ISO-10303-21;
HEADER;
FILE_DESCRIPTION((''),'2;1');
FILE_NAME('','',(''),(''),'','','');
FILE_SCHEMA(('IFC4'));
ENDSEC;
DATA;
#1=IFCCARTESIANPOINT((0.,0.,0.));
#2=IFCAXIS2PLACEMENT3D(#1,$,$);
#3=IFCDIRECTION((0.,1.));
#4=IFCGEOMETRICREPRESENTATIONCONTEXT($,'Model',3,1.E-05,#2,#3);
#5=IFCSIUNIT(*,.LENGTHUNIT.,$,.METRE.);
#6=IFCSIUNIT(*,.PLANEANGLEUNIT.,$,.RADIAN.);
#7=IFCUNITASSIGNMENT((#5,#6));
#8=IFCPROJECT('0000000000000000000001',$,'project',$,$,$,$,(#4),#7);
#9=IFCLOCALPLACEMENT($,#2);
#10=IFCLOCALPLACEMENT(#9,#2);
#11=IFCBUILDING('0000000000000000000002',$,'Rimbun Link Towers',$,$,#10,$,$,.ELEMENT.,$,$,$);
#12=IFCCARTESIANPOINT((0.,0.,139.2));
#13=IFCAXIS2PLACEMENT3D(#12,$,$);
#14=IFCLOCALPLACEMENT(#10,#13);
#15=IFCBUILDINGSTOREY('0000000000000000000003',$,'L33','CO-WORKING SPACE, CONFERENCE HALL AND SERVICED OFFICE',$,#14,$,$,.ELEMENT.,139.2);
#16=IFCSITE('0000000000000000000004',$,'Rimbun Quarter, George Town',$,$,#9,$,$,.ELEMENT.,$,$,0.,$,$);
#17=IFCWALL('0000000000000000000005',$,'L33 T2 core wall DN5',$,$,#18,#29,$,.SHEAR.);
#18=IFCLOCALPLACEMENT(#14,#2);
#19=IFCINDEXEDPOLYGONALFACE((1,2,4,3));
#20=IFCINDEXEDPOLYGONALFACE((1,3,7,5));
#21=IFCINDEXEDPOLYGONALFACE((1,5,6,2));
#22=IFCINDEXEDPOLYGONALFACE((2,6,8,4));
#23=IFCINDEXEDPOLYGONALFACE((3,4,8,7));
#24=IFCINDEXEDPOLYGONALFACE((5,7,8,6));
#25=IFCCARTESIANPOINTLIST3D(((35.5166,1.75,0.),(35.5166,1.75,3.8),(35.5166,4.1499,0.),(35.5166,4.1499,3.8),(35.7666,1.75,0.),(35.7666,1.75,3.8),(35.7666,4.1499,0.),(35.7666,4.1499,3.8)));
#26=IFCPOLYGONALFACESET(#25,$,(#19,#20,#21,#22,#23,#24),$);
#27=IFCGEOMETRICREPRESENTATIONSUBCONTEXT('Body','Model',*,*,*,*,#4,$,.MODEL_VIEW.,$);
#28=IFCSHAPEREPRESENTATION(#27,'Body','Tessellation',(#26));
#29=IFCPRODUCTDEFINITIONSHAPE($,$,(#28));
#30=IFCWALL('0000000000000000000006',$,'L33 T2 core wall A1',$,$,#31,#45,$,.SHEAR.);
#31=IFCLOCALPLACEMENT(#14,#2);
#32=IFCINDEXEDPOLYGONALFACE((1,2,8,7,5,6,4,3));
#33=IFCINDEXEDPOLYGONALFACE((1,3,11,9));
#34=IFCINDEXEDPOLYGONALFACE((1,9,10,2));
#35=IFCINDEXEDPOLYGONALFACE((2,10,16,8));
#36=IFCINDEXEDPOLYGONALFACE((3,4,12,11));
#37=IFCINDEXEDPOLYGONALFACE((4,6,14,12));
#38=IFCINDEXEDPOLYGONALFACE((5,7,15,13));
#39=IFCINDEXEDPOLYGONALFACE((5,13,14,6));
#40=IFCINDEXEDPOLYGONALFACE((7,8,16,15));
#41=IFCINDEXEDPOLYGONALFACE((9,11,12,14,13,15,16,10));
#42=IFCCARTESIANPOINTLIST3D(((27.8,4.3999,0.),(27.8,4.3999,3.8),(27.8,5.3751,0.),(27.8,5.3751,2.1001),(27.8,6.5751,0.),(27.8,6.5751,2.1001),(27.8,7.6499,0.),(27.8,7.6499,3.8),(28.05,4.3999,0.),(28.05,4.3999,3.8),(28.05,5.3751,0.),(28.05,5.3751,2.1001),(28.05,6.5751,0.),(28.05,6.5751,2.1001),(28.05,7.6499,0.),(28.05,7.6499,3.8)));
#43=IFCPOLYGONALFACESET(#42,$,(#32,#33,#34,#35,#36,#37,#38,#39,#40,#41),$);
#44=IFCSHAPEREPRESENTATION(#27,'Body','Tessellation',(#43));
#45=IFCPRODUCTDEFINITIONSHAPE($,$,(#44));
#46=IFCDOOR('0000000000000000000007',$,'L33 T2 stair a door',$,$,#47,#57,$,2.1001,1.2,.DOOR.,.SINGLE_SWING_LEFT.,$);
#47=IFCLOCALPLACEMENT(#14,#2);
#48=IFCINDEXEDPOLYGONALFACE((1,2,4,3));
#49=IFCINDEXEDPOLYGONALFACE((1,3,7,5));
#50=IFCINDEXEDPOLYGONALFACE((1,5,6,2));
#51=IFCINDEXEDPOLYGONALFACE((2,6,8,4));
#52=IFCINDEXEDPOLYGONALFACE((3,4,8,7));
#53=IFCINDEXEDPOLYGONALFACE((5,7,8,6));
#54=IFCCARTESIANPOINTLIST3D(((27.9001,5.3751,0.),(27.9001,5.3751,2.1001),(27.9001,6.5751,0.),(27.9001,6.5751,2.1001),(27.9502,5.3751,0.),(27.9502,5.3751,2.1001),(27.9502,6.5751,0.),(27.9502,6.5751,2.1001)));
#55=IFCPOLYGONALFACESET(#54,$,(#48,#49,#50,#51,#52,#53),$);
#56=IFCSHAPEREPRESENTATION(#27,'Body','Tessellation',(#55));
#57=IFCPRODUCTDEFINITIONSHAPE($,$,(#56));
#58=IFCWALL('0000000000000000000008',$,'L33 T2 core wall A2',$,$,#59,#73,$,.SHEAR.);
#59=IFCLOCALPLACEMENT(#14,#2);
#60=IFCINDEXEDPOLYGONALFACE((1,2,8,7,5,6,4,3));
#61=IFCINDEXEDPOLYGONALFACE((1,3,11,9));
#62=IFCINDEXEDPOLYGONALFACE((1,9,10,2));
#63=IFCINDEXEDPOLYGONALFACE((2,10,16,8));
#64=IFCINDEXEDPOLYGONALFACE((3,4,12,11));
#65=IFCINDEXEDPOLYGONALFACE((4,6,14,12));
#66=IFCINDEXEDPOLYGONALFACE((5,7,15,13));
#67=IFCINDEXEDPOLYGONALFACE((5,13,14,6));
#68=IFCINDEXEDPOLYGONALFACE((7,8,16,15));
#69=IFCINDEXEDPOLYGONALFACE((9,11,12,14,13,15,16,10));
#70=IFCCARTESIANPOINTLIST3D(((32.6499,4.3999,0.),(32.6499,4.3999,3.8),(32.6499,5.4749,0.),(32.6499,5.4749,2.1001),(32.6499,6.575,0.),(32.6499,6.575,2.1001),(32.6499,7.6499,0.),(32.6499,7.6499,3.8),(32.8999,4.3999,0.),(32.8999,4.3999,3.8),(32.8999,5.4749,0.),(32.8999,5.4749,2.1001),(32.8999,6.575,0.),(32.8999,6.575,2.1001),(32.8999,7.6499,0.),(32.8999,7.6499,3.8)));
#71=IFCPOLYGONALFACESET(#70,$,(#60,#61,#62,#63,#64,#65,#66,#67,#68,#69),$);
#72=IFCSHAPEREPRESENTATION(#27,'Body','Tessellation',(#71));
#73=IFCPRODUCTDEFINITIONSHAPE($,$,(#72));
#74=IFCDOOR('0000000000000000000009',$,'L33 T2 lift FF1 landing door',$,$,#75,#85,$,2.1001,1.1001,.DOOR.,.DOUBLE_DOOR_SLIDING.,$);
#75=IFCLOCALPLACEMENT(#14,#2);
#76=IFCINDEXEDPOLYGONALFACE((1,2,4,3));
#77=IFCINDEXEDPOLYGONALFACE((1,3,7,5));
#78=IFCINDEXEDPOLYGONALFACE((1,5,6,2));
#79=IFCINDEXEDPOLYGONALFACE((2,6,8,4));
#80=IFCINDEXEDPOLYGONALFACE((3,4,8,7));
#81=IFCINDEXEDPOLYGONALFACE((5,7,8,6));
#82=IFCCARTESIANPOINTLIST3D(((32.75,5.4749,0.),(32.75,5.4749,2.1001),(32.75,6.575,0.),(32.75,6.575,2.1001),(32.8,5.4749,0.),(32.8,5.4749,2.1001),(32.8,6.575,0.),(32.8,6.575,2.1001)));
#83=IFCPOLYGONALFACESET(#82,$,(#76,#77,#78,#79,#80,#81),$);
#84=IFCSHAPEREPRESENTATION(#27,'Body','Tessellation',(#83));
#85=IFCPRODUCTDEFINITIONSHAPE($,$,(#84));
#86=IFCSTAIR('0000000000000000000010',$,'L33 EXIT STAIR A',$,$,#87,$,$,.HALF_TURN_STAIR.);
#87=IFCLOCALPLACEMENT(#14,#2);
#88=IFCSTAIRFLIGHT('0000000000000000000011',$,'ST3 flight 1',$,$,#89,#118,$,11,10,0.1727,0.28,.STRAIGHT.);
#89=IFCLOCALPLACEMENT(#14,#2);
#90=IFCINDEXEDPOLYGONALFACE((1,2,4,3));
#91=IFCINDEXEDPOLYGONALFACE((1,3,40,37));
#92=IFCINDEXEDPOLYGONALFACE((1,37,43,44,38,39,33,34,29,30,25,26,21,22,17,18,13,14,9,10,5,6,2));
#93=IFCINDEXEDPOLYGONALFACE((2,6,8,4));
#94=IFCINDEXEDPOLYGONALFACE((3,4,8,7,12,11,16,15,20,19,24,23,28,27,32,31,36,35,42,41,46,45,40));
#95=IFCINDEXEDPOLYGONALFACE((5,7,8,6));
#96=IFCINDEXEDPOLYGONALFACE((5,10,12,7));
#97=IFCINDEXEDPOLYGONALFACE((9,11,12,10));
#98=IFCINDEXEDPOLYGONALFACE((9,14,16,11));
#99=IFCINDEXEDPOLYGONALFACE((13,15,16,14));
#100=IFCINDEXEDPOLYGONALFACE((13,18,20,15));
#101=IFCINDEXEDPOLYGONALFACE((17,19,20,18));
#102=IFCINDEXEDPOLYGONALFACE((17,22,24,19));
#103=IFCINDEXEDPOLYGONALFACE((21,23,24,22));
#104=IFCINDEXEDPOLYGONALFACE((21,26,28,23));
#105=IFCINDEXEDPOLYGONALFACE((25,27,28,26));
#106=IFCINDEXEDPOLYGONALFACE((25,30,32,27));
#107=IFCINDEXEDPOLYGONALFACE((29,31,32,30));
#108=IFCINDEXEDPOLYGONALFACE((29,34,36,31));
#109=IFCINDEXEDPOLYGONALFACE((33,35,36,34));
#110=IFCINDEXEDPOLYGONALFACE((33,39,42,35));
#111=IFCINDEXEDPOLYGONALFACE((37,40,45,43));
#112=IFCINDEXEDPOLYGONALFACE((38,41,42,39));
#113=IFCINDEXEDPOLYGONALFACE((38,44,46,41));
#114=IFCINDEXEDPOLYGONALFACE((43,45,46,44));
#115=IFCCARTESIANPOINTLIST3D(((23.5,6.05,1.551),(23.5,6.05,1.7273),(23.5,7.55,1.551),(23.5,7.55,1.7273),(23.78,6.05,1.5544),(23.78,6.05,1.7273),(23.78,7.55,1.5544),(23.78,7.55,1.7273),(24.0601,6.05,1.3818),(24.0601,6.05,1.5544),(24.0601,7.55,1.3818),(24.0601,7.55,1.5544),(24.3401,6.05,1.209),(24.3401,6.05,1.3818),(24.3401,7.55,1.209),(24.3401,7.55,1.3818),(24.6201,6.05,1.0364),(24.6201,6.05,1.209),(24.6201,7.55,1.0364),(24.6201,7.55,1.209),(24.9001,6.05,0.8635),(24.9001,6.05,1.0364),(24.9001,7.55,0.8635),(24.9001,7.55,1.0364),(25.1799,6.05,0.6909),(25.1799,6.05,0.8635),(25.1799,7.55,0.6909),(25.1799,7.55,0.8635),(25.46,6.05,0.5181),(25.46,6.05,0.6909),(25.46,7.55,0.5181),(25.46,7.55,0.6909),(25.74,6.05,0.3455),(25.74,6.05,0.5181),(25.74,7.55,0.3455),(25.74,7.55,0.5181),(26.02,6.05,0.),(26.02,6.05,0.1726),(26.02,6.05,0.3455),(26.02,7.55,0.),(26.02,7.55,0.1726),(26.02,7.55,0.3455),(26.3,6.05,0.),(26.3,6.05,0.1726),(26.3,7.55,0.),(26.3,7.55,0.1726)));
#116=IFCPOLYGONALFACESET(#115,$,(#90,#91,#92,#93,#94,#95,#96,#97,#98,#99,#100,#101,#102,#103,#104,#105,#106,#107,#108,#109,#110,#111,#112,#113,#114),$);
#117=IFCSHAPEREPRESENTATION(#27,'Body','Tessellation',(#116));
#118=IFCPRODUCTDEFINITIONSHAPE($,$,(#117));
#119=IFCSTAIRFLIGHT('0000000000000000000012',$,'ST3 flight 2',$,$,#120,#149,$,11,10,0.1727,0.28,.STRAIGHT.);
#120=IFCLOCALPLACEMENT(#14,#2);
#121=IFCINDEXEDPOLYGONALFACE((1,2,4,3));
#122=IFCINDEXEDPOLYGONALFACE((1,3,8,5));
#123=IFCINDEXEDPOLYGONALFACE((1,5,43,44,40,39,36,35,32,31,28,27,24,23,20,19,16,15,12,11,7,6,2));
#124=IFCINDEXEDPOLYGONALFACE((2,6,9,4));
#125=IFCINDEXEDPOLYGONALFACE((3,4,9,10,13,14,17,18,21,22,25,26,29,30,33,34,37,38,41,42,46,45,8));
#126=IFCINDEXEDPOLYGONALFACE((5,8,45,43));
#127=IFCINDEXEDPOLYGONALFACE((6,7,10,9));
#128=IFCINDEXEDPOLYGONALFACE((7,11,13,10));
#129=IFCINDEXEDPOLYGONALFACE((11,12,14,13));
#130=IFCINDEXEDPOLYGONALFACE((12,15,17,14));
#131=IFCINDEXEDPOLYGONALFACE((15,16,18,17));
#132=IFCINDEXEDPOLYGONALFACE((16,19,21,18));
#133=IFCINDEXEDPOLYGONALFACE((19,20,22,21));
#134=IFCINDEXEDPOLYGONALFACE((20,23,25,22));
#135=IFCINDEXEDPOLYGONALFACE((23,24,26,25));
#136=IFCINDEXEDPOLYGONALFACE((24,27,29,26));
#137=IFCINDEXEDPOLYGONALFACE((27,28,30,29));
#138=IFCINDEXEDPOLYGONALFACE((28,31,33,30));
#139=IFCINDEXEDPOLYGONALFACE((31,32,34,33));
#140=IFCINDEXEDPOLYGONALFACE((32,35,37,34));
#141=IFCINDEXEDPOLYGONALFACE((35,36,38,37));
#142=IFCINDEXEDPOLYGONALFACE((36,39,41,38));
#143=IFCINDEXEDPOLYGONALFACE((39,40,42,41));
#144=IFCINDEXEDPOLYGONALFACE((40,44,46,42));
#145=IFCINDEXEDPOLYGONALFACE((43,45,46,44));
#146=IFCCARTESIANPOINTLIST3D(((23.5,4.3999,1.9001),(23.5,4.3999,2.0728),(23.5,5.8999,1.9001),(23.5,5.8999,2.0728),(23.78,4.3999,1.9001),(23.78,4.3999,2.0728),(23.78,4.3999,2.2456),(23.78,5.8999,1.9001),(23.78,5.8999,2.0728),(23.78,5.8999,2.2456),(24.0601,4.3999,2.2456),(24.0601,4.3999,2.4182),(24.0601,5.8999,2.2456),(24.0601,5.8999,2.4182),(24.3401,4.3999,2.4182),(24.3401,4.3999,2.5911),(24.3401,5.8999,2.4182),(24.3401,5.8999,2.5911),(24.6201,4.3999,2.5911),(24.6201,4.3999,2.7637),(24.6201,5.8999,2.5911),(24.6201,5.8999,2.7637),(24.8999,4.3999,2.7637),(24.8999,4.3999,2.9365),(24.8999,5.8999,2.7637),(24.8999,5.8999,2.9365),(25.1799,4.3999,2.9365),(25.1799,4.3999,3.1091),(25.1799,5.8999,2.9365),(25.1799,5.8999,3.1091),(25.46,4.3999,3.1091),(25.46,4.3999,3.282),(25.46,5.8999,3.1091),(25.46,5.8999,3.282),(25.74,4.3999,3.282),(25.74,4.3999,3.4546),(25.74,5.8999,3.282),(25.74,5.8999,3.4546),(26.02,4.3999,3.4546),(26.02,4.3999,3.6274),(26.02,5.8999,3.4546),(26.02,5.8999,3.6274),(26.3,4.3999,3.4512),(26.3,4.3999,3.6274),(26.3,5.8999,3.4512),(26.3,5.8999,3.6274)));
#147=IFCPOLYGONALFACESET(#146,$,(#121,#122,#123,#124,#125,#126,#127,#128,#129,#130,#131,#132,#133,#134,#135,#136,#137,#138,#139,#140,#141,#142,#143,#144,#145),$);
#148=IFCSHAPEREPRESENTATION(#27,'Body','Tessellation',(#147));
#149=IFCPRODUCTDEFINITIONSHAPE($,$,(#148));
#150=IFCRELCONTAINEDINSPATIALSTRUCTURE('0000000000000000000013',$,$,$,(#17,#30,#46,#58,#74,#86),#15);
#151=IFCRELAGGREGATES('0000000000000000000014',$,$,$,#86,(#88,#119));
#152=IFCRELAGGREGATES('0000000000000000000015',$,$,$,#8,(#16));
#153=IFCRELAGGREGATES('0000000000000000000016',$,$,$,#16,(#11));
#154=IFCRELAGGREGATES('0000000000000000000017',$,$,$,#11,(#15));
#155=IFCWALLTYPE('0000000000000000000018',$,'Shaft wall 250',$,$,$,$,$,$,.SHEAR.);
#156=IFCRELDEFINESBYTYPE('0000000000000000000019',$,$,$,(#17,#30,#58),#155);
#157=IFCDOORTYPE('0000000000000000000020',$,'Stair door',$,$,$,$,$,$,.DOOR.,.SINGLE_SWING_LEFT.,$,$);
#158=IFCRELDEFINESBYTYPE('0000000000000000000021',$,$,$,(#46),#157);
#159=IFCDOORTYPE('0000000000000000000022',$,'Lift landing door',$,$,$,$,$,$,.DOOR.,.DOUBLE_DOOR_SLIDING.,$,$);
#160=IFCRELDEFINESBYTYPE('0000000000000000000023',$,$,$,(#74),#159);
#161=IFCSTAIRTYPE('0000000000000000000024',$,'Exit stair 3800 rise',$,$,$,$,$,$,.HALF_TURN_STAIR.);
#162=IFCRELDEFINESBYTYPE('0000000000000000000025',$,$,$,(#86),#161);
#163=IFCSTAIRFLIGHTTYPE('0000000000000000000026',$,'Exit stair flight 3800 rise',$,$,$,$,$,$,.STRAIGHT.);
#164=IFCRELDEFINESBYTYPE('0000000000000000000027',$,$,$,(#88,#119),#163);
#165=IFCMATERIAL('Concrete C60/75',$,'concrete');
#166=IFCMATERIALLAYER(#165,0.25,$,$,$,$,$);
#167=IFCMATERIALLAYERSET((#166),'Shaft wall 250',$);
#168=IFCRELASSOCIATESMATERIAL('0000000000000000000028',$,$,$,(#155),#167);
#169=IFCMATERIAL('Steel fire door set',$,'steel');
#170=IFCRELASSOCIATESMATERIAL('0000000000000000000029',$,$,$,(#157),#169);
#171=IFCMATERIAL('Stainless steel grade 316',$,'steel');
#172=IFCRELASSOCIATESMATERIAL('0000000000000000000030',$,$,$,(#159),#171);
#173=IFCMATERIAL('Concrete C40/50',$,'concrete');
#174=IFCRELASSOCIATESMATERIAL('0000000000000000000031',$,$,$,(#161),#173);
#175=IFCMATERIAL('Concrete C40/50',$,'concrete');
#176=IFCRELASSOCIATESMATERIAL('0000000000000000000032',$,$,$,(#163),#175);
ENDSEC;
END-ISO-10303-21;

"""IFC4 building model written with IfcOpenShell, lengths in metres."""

from ifc_helpers import new_model, si_unit, direction, frame, frame_2d, origin, place, context, subcontext, project, spatial, polyline, rectangle, outline, extrude, material, layer, layer_set, type_object, element, fill, aggregate, save


model = new_model("IFC4")

# Units and contexts
model_context = context("Model", 3, precision=1e-05, world=origin(), true_north=direction((0.0, 1.0)))
body_context = subcontext(model_context, "Body", "Model", "MODEL_VIEW")
ifc_project = project(units=[si_unit("LENGTHUNIT", "METRE"), si_unit("PLANEANGLEUNIT", "RADIAN")], contexts=[model_context])

# Site, building, storey
site_placement = place(None, origin())
site = spatial("IfcSite", under=ifc_project, at=site_placement, Name="Rimbun Quarter, George Town", CompositionType="ELEMENT", RefElevation=0.0)
building_placement = place(site_placement, origin())
building = spatial("IfcBuilding", under=site, at=building_placement, Name="Rimbun Link Towers", CompositionType="ELEMENT")
storey_placement = place(building_placement, frame((0.0, 0.0, 139.2)))
storey = spatial("IfcBuildingStorey", under=building, at=storey_placement, Name="L33", Description="CO-WORKING SPACE, CONFERENCE HALL AND SERVICED OFFICE", CompositionType="ELEMENT", Elevation=139.2)

# Shared definitions
ifc_material_1 = material(Name="Concrete C60/75", Category="concrete")
ifc_layer = layer(ifc_material_1, 0.25)
ifc_layer_set = layer_set([ifc_layer], Name="Shaft wall 250")
wall_type = type_object("IfcWallType", Name="Shaft wall 250", PredefinedType="SHEAR", material=ifc_layer_set)

# Wall
for number, where, z_axis, x_axis, name in (
    (1, (35.6416, 1.75, 0.0), (0.0, 0.0, 1.0), (0.0, 1.0, 0.0), "L33 T2 core wall DN5"),
):
    element("IfcWall", number, at=place(storey_placement, frame(where, z_axis=z_axis, x_axis=x_axis)), inside=storey, type_object=wall_type, Name=name, PredefinedType="SHEAR", context=body_context, shape_type="SweptSolid", body=[
        extrude(rectangle(XDim=2.3999, YDim=0.25, at=frame_2d((1.2, 0.0))), origin(), (0.0, 0.0, 1.0), 3.8),
    ])

# Walls, openings, doors
wall_1_placement = place(storey_placement, frame((27.925, 4.3999, 0.0), z_axis=(0.0, 0.0, 1.0), x_axis=(0.0, 1.0, 0.0)))
wall_1 = element("IfcWall", 2, at=wall_1_placement, inside=storey, type_object=wall_type, Name="L33 T2 core wall A1", PredefinedType="SHEAR", context=body_context, shape_type="SweptSolid", body=[
    extrude(rectangle(XDim=3.25, YDim=0.25, at=frame_2d((1.625, 0.0))), origin(), (0.0, 0.0, 1.0), 3.8),
])
opening_1_placement = place(wall_1_placement, frame((0.9751, 0.0, 0.0)))
opening_1 = element("IfcOpeningElement", 3, at=opening_1_placement, cuts=wall_1, PredefinedType="OPENING", context=body_context, shape_type="SweptSolid", body=[
    extrude(rectangle(XDim=1.2, YDim=2.1001, at=frame_2d((0.6001, 1.05))), frame((0.0, 0.135, 0.0), z_axis=(0.0, -1.0, 0.0), x_axis=(1.0, 0.0, 0.0)), (0.0, 0.0, 1.0), 0.27),
])
ifc_material_2 = material(Name="Steel fire door set", Category="steel")
door_type_1 = type_object("IfcDoorType", Name="Stair door", OperationType="SINGLE_SWING_LEFT", PredefinedType="DOOR", material=ifc_material_2)
door_1_placement = place(opening_1_placement, origin())
door_1 = element("IfcDoor", 4, at=door_1_placement, inside=storey, type_object=door_type_1, Name="L33 T2 stair a door", OperationType="SINGLE_SWING_LEFT", OverallHeight=2.1001, OverallWidth=1.2, PredefinedType="DOOR", context=body_context, shape_type="SweptSolid", body=[
    extrude(rectangle(XDim=1.2, YDim=2.1001, at=frame_2d((0.6001, 1.05))), frame((0.0, 0.0249, 0.0), z_axis=(0.0, -1.0, 0.0), x_axis=(1.0, 0.0, 0.0)), (0.0, 0.0, 1.0), 0.05),
])
fill(opening_1, door_1)
wall_2_placement = place(storey_placement, frame((32.7749, 4.3999, 0.0), z_axis=(0.0, 0.0, 1.0), x_axis=(0.0, 1.0, 0.0)))
wall_2 = element("IfcWall", 5, at=wall_2_placement, inside=storey, type_object=wall_type, Name="L33 T2 core wall A2", PredefinedType="SHEAR", context=body_context, shape_type="SweptSolid", body=[
    extrude(rectangle(XDim=3.25, YDim=0.25, at=frame_2d((1.625, 0.0))), origin(), (0.0, 0.0, 1.0), 3.8),
])
opening_2_placement = place(wall_2_placement, frame((1.075, 0.0, 0.0)))
opening_2 = element("IfcOpeningElement", 6, at=opening_2_placement, cuts=wall_2, PredefinedType="OPENING", context=body_context, shape_type="SweptSolid", body=[
    extrude(rectangle(XDim=1.1001, YDim=2.1001, at=frame_2d((0.55, 1.05))), frame((0.0, 0.135, 0.0), z_axis=(0.0, -1.0, 0.0), x_axis=(1.0, 0.0, 0.0)), (0.0, 0.0, 1.0), 0.27),
])
ifc_material_3 = material(Name="Stainless steel grade 316", Category="steel")
door_type_2 = type_object("IfcDoorType", Name="Lift landing door", OperationType="DOUBLE_DOOR_SLIDING", PredefinedType="DOOR", material=ifc_material_3)
door_2_placement = place(opening_2_placement, origin())
door_2 = element("IfcDoor", 7, at=door_2_placement, inside=storey, type_object=door_type_2, Name="L33 T2 lift FF1 landing door", OperationType="DOUBLE_DOOR_SLIDING", OverallHeight=2.1001, OverallWidth=1.1001, PredefinedType="DOOR", context=body_context, shape_type="SweptSolid", body=[
    extrude(rectangle(XDim=1.1001, YDim=2.1001, at=frame_2d((0.55, 1.05))), frame((0.0, 0.0249, 0.0), z_axis=(0.0, -1.0, 0.0), x_axis=(1.0, 0.0, 0.0)), (0.0, 0.0, 1.0), 0.05),
])
fill(opening_2, door_2)

# Stair, stair flights
ifc_material_4 = material(Name="Concrete C40/50", Category="concrete")
stair_type = type_object("IfcStairType", Name="Exit stair 3800 rise", PredefinedType="HALF_TURN_STAIR", material=ifc_material_4)
stair_placement = place(storey_placement, origin())
stair = element("IfcStair", 8, at=stair_placement, inside=storey, type_object=stair_type, Name="L33 EXIT STAIR A", PredefinedType="HALF_TURN_STAIR")
ifc_material_5 = material(Name="Concrete C40/50", Category="concrete")
stair_flight_type = type_object("IfcStairFlightType", Name="Exit stair flight 3800 rise", PredefinedType="STRAIGHT", material=ifc_material_5)
stair_flight_1_placement = place(storey_placement, frame((26.3, 6.8, 0.0), z_axis=(0.0, 0.0, 1.0), x_axis=(-1.0, 0.0, 0.0)))
stair_flight_1 = element("IfcStairFlight", 9, at=stair_flight_1_placement, type_object=stair_flight_type, Name="ST3 flight 1", NumberOfRisers=11, NumberOfTreads=10, PredefinedType="STRAIGHT", RiserHeight=0.1727, TreadLength=0.28, context=body_context, shape_type="SweptSolid", body=[
    extrude(outline(polyline([(0.0, 0.0), (0.0, 0.1726), (0.28, 0.1726), (0.28, 0.3455), (0.5601, 0.3455), (0.5601, 0.5181), (0.8401, 0.5181), (0.8401, 0.6909), (1.1201, 0.6909), (1.1201, 0.8635), (1.3999, 0.8635), (1.3999, 1.0364), (1.6799, 1.0364), (1.6799, 1.209), (1.96, 1.209), (1.96, 1.3818), (2.24, 1.3818), (2.24, 1.5544), (2.52, 1.5544), (2.52, 1.7273), (2.8, 1.7273), (2.8, 1.8999), (2.8, 1.551), (0.28, 0.0), (0.0, 0.0)])), frame((0.0, 0.75, 0.0), z_axis=(0.0, -1.0, 0.0), x_axis=(1.0, 0.0, 0.0)), (0.0, 0.0, 1.0), 1.5),
])
stair_flight_2_placement = place(storey_placement, frame((23.5, 5.1499, 1.9001), z_axis=(0.0, 0.0, 1.0), x_axis=(1.0, 0.0, 0.0)))
stair_flight_2 = element("IfcStairFlight", 10, at=stair_flight_2_placement, type_object=stair_flight_type, Name="ST3 flight 2", NumberOfRisers=11, NumberOfTreads=10, PredefinedType="STRAIGHT", RiserHeight=0.1727, TreadLength=0.28, context=body_context, shape_type="SweptSolid", body=[
    extrude(outline(polyline([(0.0, 0.0), (0.0, 0.1726), (0.28, 0.1726), (0.28, 0.3455), (0.5601, 0.3455), (0.5601, 0.5181), (0.8401, 0.5181), (0.8401, 0.6909), (1.1201, 0.6909), (1.1201, 0.8635), (1.3999, 0.8635), (1.3999, 1.0364), (1.6799, 1.0364), (1.6799, 1.209), (1.96, 1.209), (1.96, 1.3818), (2.24, 1.3818), (2.24, 1.5544), (2.52, 1.5544), (2.52, 1.7273), (2.8, 1.7273), (2.8, 1.8999), (2.8, 1.551), (0.28, 0.0), (0.0, 0.0)])), frame((0.0, 0.75, 0.0), z_axis=(0.0, -1.0, 0.0), x_axis=(1.0, 0.0, 0.0)), (0.0, 0.0, 1.0), 1.5),
])
aggregate(stair, [stair_flight_1, stair_flight_2])

save(model, "model.ifc")
